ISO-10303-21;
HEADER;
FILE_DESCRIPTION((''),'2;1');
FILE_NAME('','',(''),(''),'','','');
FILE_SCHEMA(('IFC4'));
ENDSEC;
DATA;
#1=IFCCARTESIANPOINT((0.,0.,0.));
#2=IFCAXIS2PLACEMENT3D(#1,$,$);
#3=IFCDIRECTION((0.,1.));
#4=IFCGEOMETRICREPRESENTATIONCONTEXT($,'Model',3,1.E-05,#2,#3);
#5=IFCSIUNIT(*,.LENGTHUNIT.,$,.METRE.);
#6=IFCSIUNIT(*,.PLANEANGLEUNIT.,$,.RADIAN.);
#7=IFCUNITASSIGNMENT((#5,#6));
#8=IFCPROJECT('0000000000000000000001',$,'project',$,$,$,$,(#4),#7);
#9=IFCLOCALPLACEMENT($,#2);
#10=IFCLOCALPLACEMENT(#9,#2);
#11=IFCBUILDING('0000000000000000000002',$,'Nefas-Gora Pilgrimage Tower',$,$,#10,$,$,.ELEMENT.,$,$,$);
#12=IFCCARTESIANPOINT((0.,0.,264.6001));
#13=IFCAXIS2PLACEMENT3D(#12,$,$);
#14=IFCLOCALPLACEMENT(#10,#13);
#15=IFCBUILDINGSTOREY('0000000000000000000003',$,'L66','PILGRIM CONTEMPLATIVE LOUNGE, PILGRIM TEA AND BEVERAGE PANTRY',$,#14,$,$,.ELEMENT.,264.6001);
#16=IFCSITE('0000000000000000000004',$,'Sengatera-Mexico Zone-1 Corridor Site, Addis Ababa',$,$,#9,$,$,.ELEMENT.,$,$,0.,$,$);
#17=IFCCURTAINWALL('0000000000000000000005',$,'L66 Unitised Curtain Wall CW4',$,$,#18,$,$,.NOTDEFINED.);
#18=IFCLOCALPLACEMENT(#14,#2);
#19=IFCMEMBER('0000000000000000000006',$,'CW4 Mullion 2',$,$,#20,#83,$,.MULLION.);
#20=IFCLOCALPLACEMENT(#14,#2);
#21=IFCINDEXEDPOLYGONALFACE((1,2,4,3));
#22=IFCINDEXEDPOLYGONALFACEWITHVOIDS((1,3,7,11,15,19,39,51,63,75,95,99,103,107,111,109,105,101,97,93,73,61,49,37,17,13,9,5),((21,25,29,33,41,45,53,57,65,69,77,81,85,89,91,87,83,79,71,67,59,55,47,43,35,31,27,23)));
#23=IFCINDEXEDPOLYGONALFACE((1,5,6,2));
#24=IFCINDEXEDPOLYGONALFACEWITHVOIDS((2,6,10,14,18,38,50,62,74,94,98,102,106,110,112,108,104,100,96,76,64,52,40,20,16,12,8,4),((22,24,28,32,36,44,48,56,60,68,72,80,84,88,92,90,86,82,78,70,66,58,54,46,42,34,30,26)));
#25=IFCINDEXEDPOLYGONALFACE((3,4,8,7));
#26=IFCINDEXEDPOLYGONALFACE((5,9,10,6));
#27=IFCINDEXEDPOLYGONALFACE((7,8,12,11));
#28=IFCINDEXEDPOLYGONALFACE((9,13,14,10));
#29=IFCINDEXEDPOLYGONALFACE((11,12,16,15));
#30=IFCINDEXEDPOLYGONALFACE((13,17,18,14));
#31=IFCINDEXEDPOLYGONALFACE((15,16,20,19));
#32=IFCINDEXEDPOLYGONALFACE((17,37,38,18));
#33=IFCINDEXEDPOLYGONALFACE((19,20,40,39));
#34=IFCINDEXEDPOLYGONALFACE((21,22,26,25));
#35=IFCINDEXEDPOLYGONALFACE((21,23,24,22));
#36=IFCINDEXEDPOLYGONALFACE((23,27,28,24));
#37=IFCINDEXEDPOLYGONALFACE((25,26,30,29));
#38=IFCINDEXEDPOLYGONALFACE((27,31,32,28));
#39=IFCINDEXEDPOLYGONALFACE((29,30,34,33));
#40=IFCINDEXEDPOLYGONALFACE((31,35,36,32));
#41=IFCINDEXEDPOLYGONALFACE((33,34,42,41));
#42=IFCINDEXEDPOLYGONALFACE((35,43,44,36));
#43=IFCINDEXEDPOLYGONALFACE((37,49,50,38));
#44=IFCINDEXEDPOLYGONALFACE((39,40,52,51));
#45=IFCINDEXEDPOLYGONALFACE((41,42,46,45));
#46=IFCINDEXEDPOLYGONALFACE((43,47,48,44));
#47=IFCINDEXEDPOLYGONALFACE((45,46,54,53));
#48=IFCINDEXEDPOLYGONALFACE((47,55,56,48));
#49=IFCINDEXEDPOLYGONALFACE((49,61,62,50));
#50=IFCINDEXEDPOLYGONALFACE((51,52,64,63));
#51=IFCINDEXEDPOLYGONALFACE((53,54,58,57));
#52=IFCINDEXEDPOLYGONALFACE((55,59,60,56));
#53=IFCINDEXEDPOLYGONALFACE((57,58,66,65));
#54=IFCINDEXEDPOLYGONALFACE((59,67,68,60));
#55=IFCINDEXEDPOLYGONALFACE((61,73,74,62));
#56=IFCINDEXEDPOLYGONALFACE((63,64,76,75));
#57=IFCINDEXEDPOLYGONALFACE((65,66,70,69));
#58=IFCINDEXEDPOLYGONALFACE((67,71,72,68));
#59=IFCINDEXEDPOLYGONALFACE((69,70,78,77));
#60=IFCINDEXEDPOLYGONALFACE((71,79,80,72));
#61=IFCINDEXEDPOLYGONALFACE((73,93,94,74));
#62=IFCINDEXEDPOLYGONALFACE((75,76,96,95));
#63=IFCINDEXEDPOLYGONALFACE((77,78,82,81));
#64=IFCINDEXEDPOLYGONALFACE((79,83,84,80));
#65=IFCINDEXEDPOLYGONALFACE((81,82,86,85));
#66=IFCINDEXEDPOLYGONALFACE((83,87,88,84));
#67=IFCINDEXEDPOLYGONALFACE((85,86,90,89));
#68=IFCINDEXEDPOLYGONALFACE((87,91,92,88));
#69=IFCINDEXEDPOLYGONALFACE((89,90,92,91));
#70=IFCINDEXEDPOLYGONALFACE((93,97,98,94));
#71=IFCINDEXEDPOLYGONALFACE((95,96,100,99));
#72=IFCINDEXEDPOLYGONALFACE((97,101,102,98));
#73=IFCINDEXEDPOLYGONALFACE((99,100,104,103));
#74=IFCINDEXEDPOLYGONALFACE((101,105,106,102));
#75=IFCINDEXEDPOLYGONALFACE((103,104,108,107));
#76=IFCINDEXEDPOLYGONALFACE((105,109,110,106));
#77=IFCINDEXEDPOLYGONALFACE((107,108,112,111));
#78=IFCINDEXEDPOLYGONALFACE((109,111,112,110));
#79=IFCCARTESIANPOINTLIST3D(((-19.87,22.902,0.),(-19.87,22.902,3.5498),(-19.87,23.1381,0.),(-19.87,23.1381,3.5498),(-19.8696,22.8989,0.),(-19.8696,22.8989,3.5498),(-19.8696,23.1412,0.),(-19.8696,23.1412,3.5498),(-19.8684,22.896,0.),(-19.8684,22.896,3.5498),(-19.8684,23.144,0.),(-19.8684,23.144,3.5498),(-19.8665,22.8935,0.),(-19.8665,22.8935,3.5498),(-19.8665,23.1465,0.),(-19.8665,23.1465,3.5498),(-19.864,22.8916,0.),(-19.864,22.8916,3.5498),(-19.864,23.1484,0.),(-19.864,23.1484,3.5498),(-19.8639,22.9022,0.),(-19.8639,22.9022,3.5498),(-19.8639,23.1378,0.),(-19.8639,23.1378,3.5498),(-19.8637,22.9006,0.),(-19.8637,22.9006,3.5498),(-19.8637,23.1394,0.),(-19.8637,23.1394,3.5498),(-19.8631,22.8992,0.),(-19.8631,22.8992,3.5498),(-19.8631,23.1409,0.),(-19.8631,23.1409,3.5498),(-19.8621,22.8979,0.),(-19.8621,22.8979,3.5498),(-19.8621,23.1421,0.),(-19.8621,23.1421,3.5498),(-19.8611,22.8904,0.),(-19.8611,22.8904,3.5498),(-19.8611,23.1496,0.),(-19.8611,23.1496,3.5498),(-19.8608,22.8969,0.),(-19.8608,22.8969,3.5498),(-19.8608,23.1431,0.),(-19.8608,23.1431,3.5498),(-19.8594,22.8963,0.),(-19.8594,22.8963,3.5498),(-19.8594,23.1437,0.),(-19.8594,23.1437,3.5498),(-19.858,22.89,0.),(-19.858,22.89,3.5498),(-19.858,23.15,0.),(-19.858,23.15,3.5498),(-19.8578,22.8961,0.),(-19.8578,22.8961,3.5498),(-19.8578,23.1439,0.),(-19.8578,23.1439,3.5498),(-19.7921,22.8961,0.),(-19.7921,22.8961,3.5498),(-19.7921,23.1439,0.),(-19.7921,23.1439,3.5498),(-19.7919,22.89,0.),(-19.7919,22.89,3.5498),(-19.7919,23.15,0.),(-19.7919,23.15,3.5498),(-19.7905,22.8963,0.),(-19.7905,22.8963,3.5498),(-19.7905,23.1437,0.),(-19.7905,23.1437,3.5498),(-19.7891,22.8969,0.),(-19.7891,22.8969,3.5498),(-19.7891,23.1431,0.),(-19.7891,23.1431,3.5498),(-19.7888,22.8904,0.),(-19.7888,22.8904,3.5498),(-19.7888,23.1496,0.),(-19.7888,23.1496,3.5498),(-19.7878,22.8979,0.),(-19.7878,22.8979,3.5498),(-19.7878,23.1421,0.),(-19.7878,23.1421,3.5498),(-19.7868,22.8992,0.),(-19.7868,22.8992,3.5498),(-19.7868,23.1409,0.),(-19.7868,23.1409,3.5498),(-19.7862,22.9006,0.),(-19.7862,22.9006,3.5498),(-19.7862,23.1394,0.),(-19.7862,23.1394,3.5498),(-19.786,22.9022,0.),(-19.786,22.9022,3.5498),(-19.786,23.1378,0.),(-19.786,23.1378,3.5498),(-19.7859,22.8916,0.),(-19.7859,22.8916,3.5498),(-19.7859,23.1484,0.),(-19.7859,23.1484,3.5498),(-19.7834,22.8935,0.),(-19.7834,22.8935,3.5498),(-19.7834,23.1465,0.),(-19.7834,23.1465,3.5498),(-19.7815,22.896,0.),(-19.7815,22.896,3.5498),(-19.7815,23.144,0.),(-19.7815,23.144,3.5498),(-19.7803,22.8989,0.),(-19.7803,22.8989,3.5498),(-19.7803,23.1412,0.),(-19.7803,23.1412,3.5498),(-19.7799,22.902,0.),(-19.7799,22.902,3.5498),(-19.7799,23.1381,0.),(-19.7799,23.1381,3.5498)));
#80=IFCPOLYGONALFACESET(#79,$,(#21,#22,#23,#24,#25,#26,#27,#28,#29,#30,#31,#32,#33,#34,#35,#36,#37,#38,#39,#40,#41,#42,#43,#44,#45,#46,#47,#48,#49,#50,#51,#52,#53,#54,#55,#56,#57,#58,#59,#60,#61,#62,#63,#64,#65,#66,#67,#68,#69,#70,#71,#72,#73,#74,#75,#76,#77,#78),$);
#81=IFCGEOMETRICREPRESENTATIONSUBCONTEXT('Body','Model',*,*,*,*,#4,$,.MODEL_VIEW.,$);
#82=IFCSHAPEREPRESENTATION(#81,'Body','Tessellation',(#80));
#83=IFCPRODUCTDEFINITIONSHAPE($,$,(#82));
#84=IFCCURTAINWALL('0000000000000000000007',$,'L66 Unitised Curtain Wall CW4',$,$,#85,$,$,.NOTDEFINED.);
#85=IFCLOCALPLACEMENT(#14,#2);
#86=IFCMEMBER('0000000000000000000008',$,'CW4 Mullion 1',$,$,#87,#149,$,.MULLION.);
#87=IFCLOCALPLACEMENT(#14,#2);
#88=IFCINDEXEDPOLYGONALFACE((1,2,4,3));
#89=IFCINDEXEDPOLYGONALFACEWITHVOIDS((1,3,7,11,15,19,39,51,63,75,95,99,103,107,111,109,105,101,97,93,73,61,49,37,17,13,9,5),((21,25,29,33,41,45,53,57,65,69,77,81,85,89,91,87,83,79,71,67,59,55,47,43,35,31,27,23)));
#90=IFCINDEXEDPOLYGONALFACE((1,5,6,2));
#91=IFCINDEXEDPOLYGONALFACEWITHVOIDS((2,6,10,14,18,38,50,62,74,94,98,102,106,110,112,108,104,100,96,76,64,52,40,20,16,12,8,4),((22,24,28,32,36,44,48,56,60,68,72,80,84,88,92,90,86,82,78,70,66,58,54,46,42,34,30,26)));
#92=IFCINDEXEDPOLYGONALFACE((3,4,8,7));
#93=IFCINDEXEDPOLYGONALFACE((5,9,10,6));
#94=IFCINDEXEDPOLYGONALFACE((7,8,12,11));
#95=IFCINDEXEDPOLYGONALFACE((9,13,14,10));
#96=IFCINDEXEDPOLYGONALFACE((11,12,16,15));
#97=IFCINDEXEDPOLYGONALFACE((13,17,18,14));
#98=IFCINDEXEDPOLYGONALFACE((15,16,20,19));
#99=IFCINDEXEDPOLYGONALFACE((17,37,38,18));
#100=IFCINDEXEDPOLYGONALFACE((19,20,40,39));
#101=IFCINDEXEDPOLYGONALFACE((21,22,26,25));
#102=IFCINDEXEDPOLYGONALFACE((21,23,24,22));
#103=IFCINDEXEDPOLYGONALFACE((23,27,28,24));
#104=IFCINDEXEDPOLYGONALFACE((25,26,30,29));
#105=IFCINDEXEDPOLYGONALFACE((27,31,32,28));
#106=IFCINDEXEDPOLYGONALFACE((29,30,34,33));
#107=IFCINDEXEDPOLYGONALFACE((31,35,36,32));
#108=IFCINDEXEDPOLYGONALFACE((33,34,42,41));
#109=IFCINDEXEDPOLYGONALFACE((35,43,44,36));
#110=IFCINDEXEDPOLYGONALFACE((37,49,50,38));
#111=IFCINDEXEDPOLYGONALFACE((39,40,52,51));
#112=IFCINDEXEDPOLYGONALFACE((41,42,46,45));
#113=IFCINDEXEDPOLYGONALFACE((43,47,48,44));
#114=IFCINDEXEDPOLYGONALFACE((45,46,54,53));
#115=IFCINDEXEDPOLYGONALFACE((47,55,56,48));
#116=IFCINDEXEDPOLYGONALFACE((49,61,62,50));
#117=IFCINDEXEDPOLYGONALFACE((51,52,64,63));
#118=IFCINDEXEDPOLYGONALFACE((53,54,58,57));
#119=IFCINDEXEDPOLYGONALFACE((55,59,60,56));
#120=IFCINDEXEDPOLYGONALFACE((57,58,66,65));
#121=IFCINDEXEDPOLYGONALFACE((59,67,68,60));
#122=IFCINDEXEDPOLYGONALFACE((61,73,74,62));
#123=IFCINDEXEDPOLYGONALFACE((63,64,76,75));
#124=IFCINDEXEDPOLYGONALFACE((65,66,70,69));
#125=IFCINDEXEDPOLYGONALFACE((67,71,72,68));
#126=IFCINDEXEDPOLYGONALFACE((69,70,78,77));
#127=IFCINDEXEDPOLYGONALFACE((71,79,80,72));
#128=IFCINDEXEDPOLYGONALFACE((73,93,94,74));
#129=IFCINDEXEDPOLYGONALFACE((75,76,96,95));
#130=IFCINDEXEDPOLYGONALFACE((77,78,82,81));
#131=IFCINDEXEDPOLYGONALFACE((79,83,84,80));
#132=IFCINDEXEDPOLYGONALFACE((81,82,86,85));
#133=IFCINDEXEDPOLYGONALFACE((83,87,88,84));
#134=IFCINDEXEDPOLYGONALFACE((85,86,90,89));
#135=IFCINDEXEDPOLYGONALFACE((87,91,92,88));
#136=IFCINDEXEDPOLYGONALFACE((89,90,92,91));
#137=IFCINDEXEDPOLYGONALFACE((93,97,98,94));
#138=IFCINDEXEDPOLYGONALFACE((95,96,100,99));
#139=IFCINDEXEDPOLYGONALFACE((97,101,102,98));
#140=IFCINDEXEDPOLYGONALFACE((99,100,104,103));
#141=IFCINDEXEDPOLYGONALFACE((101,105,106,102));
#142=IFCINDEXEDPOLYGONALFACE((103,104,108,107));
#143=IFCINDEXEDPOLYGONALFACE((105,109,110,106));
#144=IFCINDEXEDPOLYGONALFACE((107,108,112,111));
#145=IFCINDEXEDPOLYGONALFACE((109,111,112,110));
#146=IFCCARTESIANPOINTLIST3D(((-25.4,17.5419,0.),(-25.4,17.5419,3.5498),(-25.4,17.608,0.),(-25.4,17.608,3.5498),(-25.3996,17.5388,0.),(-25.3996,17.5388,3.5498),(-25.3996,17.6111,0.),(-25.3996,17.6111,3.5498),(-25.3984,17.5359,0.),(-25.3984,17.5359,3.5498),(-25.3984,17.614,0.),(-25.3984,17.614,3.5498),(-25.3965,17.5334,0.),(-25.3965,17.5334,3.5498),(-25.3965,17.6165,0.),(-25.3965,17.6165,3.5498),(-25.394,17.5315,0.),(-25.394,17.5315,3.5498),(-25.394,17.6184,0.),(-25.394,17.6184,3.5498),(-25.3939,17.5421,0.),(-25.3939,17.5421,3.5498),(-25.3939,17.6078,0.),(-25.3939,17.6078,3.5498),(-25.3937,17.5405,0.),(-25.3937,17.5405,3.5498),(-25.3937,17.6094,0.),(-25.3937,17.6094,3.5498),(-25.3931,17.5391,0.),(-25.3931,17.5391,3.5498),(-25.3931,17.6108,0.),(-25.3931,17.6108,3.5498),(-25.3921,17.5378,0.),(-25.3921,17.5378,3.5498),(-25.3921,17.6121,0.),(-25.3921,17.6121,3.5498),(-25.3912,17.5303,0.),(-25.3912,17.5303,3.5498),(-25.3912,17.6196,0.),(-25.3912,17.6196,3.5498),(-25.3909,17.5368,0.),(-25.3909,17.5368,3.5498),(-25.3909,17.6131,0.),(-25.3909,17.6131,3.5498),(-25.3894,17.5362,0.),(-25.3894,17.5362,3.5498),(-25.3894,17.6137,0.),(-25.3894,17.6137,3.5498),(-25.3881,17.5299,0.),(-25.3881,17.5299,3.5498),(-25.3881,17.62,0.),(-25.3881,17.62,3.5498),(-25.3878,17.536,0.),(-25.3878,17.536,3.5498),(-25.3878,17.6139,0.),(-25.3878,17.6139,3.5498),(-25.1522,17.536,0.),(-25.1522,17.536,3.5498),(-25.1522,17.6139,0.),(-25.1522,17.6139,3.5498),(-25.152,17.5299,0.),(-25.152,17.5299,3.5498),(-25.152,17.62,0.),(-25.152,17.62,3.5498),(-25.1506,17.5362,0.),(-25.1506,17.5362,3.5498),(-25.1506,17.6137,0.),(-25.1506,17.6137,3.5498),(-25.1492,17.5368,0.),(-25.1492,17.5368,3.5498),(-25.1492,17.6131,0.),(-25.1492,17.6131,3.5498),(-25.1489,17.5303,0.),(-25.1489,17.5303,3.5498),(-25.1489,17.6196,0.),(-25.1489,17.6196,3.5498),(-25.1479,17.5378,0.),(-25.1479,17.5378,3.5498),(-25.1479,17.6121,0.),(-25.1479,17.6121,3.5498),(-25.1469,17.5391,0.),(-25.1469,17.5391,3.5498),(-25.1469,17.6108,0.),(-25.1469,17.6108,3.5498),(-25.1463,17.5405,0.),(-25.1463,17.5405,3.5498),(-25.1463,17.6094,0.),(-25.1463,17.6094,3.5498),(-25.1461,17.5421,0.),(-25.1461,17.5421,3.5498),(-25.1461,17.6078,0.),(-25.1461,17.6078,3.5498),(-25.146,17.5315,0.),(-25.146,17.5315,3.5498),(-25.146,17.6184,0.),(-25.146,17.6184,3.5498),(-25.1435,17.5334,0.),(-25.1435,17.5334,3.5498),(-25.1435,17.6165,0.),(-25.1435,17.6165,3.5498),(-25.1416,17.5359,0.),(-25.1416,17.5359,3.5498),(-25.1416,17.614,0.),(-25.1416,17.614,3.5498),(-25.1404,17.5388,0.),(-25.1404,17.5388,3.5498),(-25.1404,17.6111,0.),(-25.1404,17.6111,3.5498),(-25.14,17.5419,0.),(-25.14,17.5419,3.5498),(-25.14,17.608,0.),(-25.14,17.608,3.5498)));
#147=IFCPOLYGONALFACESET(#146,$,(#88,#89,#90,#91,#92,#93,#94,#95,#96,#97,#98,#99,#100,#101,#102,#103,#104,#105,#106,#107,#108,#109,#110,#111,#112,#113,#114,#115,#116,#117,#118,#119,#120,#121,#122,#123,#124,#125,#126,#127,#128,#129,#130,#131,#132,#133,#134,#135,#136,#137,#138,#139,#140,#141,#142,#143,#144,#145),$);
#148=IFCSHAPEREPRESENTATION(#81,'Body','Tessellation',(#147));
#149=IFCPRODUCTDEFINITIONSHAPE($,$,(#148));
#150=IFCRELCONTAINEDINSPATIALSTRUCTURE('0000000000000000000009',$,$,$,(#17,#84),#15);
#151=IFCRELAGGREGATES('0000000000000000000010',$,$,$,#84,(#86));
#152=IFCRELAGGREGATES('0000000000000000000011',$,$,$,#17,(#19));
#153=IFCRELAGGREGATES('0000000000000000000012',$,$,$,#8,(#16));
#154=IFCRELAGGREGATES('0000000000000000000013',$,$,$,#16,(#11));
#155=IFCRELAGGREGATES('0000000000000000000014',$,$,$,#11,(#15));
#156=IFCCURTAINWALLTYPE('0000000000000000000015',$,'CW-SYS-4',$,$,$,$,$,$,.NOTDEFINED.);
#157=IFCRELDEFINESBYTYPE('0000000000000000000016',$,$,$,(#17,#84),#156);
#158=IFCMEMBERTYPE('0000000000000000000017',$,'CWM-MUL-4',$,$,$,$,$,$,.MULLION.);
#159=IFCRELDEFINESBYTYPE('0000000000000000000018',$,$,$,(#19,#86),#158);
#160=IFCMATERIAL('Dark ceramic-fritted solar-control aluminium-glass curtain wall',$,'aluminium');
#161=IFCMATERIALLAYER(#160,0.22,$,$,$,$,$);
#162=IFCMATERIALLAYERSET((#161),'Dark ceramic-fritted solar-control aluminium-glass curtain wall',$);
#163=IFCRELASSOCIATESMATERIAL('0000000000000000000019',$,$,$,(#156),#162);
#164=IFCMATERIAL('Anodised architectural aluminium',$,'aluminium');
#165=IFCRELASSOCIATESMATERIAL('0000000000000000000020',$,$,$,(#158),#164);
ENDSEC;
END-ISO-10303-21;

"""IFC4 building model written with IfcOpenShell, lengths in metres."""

from ifc_helpers import new_model, si_unit, direction, frame, origin, origin_2d, place, context, subcontext, project, spatial, hollow_rectangle, extrude, source, transform, mapped, material, layer, layer_set, material_profile, profile_set, type_object, element, aggregate, save


model = new_model("IFC4")

# Units and contexts
model_context = context("Model", 3, precision=1e-05, world=origin(), true_north=direction((0.0, 1.0)))
body_context = subcontext(model_context, "Body", "Model", "MODEL_VIEW")
ifc_project = project(units=[si_unit("LENGTHUNIT", "METRE"), si_unit("PLANEANGLEUNIT", "RADIAN")], contexts=[model_context])

# Site, building, storey
site_placement = place(None, origin())
site = spatial("IfcSite", under=ifc_project, at=site_placement, Name="Sengatera-Mexico Zone-1 Corridor Site, Addis Ababa", CompositionType="ELEMENT", RefElevation=0.0)
building_placement = place(site_placement, origin())
building = spatial("IfcBuilding", under=site, at=building_placement, Name="Nefas-Gora Pilgrimage Tower", CompositionType="ELEMENT")
storey_placement = place(building_placement, frame((0.0, 0.0, 264.6001)))
storey = spatial("IfcBuildingStorey", under=building, at=storey_placement, Name="L66", Description="PILGRIM CONTEMPLATIVE LOUNGE, PILGRIM TEA AND BEVERAGE PANTRY", CompositionType="ELEMENT", Elevation=264.6001)

# Curtain walls, members
ifc_material_1 = material(Name="Dark ceramic-fritted solar-control aluminium-glass curtain wall", Category="aluminium")
ifc_material_2 = material(Name="Anodised architectural aluminium", Category="aluminium")
ifc_layer_1 = layer(ifc_material_1, 0.22)
ifc_layer_set_1 = layer_set([ifc_layer_1], Name="Dark ceramic-fritted solar-control aluminium-glass curtain wall")
curtain_wall_type_1 = type_object("IfcCurtainWallType", Name="CW-SYS-4", PredefinedType="NOTDEFINED", material=ifc_layer_set_1)
curtain_wall_1_placement = place(storey_placement, origin())
curtain_wall_1 = element("IfcCurtainWall", 1, at=curtain_wall_1_placement, inside=storey, type_object=curtain_wall_type_1, Name="L66 Unitised Curtain Wall CW4", PredefinedType="NOTDEFINED")
ifc_material_profile_1 = material_profile(ifc_material_2, hollow_rectangle(XDim=0.0901, YDim=0.26, WallThickness=0.0061, InnerFilletRadius=0.0061, OuterFilletRadius=0.012, at=origin_2d()), Name="ALU MULLION 90x260")
ifc_profile_set_1 = profile_set([ifc_material_profile_1], Name="Anodised architectural aluminium")
member_type_1 = type_object("IfcMemberType", Name="CWM-MUL-4", PredefinedType="MULLION", material=ifc_profile_set_1)
shared_shape_1 = source(origin(), body_context, "Body", "SweptSolid", [
    extrude(hollow_rectangle(XDim=0.0901, YDim=0.26, WallThickness=0.0061, InnerFilletRadius=0.0061, OuterFilletRadius=0.012, at=origin_2d()), origin(), (0.0, 0.0, 1.0), 3.5498),
])
member_1_placement = place(storey_placement, frame((-19.825, 23.02, 0.0), z_axis=(0.0, 0.0, 1.0), x_axis=(-1.0, 0.0, 0.0)))
member_1 = element("IfcMember", 2, at=member_1_placement, type_object=member_type_1, Name="CW4 Mullion 2", PredefinedType="MULLION", context=body_context, shape_type="MappedRepresentation", body=[
    mapped(shared_shape_1, transform((0.0, 0.0, 0.0), x_axis=(1.0, 0.0, 0.0), y_axis=(0.0, 1.0, 0.0), z_axis=(0.0, 0.0, 1.0), scale=1.0)),
])
curtain_wall_2_placement = place(storey_placement, origin())
curtain_wall_2 = element("IfcCurtainWall", 3, at=curtain_wall_2_placement, inside=storey, type_object=curtain_wall_type_1, Name="L66 Unitised Curtain Wall CW4", PredefinedType="NOTDEFINED")
member_2_placement = place(storey_placement, frame((-25.27, 17.575, 0.0), z_axis=(0.0, 0.0, 1.0), x_axis=(0.0, -1.0, 0.0)))
member_2 = element("IfcMember", 4, at=member_2_placement, type_object=member_type_1, Name="CW4 Mullion 1", PredefinedType="MULLION", context=body_context, shape_type="MappedRepresentation", body=[
    mapped(shared_shape_1, transform((0.0, 0.0, 0.0), x_axis=(1.0, 0.0, 0.0), y_axis=(0.0, 1.0, 0.0), z_axis=(0.0, 0.0, 1.0), scale=1.0)),
])

aggregate(curtain_wall_2, [member_2])
aggregate(curtain_wall_1, [member_1])

save(model, "model.ifc")
